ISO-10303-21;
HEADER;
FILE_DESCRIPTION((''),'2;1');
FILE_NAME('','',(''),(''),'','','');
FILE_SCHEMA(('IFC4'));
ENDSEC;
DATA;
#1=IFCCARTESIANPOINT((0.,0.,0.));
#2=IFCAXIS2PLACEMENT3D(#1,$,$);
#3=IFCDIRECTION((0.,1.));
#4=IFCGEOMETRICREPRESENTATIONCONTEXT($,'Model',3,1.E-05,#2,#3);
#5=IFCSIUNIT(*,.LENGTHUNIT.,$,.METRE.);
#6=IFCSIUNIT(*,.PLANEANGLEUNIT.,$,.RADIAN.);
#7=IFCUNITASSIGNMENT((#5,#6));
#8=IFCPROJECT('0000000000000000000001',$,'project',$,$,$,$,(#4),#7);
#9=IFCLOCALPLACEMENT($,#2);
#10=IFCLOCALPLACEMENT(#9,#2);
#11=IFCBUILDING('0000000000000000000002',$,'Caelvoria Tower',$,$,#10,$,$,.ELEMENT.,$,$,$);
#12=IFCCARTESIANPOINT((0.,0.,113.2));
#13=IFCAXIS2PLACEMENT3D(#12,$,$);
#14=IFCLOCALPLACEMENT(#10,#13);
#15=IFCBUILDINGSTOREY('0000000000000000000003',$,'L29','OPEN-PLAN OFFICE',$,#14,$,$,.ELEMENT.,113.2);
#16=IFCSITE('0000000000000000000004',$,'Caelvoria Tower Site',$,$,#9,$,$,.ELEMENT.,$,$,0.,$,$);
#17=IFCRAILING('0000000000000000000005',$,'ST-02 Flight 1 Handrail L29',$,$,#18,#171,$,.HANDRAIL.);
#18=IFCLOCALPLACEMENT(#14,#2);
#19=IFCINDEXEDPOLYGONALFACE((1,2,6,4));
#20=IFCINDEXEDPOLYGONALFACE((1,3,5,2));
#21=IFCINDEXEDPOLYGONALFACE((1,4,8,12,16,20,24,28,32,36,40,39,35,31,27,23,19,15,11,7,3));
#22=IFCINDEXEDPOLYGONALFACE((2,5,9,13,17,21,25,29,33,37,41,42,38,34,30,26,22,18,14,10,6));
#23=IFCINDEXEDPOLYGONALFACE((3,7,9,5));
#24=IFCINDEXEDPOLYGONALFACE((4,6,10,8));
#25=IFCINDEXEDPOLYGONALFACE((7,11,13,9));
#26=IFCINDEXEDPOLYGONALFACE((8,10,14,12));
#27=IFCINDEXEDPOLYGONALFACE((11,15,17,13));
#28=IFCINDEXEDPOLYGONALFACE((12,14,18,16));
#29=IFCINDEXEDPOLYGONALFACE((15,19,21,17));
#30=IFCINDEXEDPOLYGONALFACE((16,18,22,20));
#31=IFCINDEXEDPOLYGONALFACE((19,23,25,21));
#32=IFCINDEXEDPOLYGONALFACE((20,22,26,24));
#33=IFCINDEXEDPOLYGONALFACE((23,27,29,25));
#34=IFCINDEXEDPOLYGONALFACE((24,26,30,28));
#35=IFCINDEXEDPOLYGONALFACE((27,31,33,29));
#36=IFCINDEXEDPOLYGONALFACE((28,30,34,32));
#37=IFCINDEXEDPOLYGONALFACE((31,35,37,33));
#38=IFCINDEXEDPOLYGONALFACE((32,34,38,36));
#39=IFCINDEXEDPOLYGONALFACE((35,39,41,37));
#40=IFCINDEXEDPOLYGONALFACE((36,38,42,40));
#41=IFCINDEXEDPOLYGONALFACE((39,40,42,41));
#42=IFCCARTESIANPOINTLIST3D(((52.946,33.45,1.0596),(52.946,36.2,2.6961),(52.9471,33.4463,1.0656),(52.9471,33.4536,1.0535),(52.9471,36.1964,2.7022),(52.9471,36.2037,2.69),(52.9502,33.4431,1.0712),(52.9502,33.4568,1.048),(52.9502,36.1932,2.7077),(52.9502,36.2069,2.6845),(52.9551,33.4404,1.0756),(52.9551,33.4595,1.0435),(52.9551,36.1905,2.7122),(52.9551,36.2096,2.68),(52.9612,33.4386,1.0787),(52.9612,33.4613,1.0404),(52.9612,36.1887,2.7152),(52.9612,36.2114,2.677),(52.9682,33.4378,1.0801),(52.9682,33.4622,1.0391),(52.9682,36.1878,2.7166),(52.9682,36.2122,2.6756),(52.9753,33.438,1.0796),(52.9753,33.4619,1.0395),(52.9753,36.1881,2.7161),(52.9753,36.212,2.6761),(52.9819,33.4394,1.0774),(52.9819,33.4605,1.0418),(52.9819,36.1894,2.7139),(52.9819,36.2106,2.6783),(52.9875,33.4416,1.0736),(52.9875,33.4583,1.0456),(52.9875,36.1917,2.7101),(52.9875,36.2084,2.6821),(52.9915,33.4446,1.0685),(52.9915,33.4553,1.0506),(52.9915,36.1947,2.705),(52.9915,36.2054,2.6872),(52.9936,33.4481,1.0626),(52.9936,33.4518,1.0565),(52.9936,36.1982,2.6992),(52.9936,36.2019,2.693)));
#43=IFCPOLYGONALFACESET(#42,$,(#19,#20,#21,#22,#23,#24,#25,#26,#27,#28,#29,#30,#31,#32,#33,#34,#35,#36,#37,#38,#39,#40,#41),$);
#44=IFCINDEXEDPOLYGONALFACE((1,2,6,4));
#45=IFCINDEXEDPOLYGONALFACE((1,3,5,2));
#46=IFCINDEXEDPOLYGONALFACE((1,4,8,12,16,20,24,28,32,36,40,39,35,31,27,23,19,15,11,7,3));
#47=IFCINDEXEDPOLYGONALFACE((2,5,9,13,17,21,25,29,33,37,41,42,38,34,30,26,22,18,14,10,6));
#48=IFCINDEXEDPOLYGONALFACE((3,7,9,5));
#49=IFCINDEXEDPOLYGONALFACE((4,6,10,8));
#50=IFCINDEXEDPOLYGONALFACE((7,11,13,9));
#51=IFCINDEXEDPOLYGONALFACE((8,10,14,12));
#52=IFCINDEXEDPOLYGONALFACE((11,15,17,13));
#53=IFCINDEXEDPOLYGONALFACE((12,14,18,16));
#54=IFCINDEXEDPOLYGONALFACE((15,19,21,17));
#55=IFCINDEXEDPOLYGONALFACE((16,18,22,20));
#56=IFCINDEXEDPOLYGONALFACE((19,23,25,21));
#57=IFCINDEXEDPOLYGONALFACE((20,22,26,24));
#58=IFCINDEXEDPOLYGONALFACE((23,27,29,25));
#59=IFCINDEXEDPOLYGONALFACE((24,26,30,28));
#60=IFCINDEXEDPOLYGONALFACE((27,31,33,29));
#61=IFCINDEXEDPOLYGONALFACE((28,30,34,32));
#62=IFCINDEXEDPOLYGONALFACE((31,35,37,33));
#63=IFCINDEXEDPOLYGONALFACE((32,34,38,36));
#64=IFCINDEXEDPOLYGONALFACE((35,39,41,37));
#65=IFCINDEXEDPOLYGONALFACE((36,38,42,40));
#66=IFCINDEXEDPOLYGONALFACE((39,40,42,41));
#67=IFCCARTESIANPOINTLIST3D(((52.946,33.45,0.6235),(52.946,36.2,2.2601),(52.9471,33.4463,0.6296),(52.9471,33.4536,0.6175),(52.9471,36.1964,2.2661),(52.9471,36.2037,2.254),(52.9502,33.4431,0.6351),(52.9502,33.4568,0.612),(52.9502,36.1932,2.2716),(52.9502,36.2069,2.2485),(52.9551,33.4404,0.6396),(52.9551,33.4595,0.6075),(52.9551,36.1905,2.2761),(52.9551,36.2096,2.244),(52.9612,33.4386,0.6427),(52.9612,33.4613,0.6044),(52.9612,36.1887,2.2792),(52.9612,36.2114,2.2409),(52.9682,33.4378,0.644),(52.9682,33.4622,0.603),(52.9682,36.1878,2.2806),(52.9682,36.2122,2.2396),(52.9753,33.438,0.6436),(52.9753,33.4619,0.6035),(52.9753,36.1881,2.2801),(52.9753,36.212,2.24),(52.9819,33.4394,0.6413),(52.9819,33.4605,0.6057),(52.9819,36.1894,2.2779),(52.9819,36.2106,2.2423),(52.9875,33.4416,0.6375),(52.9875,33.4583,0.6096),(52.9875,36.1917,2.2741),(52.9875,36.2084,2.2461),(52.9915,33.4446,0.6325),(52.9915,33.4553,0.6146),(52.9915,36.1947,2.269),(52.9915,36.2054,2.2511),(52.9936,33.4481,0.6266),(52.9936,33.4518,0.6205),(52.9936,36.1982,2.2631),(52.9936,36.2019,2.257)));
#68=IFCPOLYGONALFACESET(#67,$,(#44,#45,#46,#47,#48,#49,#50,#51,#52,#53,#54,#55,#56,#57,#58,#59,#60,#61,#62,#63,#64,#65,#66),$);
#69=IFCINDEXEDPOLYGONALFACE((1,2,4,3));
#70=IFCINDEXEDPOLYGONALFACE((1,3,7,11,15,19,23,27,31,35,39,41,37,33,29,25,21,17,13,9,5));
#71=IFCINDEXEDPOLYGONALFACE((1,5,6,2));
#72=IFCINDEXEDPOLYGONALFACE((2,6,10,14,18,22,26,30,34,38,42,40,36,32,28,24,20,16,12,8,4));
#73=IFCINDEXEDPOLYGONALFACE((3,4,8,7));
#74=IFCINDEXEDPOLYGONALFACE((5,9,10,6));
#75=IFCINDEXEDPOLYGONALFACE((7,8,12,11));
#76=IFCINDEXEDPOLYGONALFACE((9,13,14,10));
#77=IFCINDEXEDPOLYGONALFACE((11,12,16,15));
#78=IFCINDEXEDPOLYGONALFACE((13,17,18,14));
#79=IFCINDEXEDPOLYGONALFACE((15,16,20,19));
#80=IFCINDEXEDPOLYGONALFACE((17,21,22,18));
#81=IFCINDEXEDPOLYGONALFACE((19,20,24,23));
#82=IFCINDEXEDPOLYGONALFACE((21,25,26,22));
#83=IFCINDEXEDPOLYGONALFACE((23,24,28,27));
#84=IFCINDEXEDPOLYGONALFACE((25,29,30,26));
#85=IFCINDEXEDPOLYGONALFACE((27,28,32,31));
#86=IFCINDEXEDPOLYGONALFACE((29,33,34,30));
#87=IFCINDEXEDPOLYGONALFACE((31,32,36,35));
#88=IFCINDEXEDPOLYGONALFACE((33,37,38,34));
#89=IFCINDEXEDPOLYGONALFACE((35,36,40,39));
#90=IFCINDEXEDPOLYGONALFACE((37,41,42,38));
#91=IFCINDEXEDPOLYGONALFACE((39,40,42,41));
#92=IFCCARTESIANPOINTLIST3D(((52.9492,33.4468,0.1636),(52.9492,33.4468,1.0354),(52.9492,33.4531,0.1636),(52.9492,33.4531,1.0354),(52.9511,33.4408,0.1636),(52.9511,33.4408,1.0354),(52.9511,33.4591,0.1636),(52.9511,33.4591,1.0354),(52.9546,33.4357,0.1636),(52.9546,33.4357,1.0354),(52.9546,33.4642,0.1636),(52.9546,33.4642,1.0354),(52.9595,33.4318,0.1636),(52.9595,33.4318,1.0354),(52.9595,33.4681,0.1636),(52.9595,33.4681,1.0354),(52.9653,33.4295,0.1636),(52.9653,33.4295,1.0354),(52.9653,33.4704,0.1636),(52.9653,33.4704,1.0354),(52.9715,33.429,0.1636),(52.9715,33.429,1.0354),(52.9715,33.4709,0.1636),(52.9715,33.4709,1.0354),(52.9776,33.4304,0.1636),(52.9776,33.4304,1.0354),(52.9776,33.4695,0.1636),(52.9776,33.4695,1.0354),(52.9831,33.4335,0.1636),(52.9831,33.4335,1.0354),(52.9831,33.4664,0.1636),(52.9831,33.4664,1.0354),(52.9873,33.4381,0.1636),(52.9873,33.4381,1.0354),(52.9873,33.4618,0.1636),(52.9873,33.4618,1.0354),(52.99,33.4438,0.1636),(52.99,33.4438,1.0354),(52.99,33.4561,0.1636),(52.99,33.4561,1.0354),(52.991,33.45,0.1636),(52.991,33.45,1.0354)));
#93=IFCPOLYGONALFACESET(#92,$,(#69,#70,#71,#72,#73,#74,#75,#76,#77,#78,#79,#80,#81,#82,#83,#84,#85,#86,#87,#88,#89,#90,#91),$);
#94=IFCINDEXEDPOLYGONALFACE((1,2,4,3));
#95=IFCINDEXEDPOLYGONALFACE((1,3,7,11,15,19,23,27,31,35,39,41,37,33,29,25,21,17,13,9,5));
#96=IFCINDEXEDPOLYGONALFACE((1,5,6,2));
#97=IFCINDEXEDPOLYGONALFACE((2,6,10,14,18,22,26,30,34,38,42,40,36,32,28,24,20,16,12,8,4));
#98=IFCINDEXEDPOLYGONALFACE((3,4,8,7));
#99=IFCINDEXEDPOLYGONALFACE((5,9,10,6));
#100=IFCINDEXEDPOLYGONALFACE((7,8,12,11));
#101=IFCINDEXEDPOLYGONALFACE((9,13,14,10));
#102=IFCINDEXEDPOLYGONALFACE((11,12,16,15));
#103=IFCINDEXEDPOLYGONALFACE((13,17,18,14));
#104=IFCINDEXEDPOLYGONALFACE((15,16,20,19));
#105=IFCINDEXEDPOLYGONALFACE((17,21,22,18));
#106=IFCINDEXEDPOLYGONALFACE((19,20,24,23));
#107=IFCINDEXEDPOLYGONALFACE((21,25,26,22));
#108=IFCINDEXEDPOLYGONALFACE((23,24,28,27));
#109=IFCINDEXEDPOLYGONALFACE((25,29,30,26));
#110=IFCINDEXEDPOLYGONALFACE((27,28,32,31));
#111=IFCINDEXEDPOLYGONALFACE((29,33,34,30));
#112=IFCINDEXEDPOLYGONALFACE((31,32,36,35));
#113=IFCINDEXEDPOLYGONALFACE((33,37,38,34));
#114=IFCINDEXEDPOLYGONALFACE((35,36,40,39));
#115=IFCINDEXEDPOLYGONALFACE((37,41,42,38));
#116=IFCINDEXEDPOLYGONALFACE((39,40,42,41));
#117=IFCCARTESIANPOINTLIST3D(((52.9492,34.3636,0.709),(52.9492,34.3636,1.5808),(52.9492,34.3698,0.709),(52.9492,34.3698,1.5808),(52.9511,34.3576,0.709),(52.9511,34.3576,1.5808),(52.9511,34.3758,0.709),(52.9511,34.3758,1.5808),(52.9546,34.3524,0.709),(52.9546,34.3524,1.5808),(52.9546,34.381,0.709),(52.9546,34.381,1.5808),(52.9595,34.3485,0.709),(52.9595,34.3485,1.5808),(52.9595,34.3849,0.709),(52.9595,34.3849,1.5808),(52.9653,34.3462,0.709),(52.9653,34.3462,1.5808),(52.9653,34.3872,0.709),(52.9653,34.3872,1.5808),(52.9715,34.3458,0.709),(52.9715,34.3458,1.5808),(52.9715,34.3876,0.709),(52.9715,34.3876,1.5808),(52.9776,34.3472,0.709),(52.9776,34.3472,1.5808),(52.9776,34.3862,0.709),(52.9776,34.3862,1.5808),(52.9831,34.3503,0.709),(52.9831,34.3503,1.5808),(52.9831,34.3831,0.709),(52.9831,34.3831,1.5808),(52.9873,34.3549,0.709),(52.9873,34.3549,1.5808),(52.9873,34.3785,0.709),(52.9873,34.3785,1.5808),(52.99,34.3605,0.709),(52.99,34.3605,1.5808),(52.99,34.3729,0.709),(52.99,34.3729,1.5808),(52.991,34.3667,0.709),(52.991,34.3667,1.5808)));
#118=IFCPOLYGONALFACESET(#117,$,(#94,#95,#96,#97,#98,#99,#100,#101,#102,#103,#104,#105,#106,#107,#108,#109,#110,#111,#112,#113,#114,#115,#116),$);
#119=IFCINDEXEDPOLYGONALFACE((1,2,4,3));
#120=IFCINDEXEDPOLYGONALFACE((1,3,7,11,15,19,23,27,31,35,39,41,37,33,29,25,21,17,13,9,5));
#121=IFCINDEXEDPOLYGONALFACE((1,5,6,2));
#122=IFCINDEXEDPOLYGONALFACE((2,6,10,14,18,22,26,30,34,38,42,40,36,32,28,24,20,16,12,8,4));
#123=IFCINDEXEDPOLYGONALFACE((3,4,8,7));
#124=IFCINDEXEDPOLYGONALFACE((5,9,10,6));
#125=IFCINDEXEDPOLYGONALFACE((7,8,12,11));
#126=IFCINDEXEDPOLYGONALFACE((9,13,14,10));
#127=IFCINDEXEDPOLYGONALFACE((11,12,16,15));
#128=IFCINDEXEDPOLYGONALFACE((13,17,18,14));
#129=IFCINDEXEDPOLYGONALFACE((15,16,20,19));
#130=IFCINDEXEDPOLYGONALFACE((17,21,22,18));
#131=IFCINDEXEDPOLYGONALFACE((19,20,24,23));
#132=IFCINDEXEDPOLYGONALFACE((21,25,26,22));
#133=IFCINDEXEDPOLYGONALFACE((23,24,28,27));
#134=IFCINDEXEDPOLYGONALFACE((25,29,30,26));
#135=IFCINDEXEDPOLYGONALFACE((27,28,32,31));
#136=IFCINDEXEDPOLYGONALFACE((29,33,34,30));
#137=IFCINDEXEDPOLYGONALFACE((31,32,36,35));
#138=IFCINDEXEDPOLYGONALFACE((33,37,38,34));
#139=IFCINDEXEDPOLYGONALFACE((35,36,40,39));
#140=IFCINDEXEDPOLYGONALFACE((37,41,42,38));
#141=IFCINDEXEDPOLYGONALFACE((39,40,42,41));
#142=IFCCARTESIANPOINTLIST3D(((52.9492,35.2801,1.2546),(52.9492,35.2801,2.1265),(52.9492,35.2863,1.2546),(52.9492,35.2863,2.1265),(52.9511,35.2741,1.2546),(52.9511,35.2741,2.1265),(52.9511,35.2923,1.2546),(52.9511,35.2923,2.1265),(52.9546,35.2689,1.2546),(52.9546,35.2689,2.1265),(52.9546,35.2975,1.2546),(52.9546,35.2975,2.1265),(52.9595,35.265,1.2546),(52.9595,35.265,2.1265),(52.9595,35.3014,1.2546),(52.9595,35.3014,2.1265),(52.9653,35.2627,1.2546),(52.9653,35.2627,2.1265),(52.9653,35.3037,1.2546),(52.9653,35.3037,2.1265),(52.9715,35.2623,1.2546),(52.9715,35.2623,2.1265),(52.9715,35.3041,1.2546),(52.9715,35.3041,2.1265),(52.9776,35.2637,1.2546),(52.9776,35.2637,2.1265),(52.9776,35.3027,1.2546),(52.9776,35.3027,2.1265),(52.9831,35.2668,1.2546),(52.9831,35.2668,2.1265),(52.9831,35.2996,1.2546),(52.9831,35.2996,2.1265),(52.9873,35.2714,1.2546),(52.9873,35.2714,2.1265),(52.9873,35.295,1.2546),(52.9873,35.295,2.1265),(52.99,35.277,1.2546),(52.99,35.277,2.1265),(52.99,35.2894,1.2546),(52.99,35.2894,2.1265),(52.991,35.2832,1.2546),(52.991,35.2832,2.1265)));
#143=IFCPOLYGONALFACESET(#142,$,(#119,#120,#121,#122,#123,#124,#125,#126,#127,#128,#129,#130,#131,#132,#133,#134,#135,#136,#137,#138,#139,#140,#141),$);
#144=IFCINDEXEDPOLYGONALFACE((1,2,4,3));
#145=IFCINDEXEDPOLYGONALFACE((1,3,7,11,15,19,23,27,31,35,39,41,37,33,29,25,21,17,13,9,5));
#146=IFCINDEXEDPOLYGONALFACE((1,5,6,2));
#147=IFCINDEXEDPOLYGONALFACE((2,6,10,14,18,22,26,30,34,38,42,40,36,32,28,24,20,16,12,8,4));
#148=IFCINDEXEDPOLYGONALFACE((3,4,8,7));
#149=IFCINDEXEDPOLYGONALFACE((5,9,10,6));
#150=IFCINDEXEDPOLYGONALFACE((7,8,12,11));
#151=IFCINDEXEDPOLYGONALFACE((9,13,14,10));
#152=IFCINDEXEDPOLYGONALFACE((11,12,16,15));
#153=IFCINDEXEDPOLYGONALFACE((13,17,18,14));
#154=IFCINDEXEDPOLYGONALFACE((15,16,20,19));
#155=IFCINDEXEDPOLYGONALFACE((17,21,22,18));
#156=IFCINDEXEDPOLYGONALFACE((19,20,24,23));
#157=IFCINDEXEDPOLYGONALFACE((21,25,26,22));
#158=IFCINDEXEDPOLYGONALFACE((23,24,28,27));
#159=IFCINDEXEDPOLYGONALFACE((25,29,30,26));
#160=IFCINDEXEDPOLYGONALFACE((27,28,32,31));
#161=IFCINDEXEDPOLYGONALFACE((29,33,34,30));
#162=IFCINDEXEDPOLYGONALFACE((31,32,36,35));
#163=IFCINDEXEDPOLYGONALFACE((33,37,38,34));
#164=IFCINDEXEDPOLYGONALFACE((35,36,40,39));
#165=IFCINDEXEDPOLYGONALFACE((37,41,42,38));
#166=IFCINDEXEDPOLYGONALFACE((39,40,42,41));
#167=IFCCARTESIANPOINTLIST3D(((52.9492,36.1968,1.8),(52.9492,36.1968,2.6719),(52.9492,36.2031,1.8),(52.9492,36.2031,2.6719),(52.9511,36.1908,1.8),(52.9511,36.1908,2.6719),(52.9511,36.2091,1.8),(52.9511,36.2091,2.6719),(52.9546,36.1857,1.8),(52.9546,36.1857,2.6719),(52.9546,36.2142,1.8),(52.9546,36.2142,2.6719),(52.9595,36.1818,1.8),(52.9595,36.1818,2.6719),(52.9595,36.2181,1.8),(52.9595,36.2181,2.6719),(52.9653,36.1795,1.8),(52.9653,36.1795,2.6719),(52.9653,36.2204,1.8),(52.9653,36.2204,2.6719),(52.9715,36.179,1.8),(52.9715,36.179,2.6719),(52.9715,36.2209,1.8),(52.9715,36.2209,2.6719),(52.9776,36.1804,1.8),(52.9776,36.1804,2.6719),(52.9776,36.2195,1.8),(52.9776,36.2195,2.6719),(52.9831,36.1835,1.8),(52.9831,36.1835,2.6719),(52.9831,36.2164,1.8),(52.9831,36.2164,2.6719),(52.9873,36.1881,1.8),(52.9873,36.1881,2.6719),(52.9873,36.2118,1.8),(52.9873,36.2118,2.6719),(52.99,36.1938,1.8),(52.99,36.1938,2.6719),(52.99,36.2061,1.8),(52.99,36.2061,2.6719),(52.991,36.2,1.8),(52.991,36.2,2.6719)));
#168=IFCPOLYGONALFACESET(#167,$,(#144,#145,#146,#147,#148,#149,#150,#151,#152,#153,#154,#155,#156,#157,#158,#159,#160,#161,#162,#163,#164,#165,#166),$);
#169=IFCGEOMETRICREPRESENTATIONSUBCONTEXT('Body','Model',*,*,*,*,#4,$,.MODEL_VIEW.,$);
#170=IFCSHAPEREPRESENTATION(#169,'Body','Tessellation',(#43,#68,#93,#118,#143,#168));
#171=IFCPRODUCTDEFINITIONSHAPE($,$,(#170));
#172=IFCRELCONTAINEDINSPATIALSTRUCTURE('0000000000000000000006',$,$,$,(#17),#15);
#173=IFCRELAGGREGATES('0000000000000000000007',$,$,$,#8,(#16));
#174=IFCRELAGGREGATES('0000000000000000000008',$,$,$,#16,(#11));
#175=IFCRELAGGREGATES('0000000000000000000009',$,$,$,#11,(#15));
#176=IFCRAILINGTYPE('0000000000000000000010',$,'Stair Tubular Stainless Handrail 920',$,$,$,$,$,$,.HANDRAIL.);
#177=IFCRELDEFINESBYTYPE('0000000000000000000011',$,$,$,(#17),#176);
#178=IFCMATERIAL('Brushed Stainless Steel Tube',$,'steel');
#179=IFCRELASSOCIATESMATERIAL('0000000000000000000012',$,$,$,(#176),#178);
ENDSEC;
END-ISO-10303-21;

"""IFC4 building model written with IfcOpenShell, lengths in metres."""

from ifc_helpers import new_model, si_unit, direction, frame, origin, origin_2d, place, context, subcontext, project, spatial, circle, extrude, material, type_object, element, save


model = new_model("IFC4")

# Units and contexts
model_context = context("Model", 3, precision=1e-05, world=origin(), true_north=direction((0.0, 1.0)))
body_context = subcontext(model_context, "Body", "Model", "MODEL_VIEW")
ifc_project = project(units=[si_unit("LENGTHUNIT", "METRE"), si_unit("PLANEANGLEUNIT", "RADIAN")], contexts=[model_context])

# Site, building, storey
site_placement = place(None, origin())
site = spatial("IfcSite", under=ifc_project, at=site_placement, Name="Caelvoria Tower Site", CompositionType="ELEMENT", RefElevation=0.0)
building_placement = place(site_placement, origin())
building = spatial("IfcBuilding", under=site, at=building_placement, Name="Caelvoria Tower", CompositionType="ELEMENT")
storey_placement = place(building_placement, frame((0.0, 0.0, 113.2)))
storey = spatial("IfcBuildingStorey", under=building, at=storey_placement, Name="L29", Description="OPEN-PLAN OFFICE", CompositionType="ELEMENT", Elevation=113.2)

# Railing
ifc_material_1 = material(Name="Brushed Stainless Steel Tube", Category="steel")
railing_type_1 = type_object("IfcRailingType", Name="Stair Tubular Stainless Handrail 920", PredefinedType="HANDRAIL", material=ifc_material_1)
railing_1_placement = place(storey_placement, frame((52.97, 33.45, 0.1636)))
element("IfcRailing", 1, at=railing_1_placement, inside=storey, type_object=railing_type_1, Name="ST-02 Flight 1 Handrail L29", PredefinedType="HANDRAIL", context=body_context, shape_type="SweptSolid", body=[
    extrude(circle(Radius=0.0239, at=origin_2d()), frame((0.0, 0.0, 0.896), z_axis=(0.0, 0.859352, 0.511385), x_axis=(-1.0, 0.0, 0.0)), (0.0, 0.0, 1.0), 3.2002),
    extrude(circle(Radius=0.0239, at=origin_2d()), frame((0.0, 0.0, 0.46), z_axis=(0.0, 0.859352, 0.511385), x_axis=(-1.0, 0.0, 0.0)), (0.0, 0.0, 1.0), 3.2002),
    extrude(circle(Radius=0.021, at=origin_2d()), origin(), (0.0, 0.0, 1.0), 0.8718),
    extrude(circle(Radius=0.021, at=origin_2d()), frame((0.0, 0.9167, 0.5454)), (0.0, 0.0, 1.0), 0.8718),
    extrude(circle(Radius=0.021, at=origin_2d()), frame((0.0, 1.8333, 1.0911)), (0.0, 0.0, 1.0), 0.8718),
    extrude(circle(Radius=0.021, at=origin_2d()), frame((0.0, 2.75, 1.6365)), (0.0, 0.0, 1.0), 0.8718),
])

save(model, "model.ifc")
